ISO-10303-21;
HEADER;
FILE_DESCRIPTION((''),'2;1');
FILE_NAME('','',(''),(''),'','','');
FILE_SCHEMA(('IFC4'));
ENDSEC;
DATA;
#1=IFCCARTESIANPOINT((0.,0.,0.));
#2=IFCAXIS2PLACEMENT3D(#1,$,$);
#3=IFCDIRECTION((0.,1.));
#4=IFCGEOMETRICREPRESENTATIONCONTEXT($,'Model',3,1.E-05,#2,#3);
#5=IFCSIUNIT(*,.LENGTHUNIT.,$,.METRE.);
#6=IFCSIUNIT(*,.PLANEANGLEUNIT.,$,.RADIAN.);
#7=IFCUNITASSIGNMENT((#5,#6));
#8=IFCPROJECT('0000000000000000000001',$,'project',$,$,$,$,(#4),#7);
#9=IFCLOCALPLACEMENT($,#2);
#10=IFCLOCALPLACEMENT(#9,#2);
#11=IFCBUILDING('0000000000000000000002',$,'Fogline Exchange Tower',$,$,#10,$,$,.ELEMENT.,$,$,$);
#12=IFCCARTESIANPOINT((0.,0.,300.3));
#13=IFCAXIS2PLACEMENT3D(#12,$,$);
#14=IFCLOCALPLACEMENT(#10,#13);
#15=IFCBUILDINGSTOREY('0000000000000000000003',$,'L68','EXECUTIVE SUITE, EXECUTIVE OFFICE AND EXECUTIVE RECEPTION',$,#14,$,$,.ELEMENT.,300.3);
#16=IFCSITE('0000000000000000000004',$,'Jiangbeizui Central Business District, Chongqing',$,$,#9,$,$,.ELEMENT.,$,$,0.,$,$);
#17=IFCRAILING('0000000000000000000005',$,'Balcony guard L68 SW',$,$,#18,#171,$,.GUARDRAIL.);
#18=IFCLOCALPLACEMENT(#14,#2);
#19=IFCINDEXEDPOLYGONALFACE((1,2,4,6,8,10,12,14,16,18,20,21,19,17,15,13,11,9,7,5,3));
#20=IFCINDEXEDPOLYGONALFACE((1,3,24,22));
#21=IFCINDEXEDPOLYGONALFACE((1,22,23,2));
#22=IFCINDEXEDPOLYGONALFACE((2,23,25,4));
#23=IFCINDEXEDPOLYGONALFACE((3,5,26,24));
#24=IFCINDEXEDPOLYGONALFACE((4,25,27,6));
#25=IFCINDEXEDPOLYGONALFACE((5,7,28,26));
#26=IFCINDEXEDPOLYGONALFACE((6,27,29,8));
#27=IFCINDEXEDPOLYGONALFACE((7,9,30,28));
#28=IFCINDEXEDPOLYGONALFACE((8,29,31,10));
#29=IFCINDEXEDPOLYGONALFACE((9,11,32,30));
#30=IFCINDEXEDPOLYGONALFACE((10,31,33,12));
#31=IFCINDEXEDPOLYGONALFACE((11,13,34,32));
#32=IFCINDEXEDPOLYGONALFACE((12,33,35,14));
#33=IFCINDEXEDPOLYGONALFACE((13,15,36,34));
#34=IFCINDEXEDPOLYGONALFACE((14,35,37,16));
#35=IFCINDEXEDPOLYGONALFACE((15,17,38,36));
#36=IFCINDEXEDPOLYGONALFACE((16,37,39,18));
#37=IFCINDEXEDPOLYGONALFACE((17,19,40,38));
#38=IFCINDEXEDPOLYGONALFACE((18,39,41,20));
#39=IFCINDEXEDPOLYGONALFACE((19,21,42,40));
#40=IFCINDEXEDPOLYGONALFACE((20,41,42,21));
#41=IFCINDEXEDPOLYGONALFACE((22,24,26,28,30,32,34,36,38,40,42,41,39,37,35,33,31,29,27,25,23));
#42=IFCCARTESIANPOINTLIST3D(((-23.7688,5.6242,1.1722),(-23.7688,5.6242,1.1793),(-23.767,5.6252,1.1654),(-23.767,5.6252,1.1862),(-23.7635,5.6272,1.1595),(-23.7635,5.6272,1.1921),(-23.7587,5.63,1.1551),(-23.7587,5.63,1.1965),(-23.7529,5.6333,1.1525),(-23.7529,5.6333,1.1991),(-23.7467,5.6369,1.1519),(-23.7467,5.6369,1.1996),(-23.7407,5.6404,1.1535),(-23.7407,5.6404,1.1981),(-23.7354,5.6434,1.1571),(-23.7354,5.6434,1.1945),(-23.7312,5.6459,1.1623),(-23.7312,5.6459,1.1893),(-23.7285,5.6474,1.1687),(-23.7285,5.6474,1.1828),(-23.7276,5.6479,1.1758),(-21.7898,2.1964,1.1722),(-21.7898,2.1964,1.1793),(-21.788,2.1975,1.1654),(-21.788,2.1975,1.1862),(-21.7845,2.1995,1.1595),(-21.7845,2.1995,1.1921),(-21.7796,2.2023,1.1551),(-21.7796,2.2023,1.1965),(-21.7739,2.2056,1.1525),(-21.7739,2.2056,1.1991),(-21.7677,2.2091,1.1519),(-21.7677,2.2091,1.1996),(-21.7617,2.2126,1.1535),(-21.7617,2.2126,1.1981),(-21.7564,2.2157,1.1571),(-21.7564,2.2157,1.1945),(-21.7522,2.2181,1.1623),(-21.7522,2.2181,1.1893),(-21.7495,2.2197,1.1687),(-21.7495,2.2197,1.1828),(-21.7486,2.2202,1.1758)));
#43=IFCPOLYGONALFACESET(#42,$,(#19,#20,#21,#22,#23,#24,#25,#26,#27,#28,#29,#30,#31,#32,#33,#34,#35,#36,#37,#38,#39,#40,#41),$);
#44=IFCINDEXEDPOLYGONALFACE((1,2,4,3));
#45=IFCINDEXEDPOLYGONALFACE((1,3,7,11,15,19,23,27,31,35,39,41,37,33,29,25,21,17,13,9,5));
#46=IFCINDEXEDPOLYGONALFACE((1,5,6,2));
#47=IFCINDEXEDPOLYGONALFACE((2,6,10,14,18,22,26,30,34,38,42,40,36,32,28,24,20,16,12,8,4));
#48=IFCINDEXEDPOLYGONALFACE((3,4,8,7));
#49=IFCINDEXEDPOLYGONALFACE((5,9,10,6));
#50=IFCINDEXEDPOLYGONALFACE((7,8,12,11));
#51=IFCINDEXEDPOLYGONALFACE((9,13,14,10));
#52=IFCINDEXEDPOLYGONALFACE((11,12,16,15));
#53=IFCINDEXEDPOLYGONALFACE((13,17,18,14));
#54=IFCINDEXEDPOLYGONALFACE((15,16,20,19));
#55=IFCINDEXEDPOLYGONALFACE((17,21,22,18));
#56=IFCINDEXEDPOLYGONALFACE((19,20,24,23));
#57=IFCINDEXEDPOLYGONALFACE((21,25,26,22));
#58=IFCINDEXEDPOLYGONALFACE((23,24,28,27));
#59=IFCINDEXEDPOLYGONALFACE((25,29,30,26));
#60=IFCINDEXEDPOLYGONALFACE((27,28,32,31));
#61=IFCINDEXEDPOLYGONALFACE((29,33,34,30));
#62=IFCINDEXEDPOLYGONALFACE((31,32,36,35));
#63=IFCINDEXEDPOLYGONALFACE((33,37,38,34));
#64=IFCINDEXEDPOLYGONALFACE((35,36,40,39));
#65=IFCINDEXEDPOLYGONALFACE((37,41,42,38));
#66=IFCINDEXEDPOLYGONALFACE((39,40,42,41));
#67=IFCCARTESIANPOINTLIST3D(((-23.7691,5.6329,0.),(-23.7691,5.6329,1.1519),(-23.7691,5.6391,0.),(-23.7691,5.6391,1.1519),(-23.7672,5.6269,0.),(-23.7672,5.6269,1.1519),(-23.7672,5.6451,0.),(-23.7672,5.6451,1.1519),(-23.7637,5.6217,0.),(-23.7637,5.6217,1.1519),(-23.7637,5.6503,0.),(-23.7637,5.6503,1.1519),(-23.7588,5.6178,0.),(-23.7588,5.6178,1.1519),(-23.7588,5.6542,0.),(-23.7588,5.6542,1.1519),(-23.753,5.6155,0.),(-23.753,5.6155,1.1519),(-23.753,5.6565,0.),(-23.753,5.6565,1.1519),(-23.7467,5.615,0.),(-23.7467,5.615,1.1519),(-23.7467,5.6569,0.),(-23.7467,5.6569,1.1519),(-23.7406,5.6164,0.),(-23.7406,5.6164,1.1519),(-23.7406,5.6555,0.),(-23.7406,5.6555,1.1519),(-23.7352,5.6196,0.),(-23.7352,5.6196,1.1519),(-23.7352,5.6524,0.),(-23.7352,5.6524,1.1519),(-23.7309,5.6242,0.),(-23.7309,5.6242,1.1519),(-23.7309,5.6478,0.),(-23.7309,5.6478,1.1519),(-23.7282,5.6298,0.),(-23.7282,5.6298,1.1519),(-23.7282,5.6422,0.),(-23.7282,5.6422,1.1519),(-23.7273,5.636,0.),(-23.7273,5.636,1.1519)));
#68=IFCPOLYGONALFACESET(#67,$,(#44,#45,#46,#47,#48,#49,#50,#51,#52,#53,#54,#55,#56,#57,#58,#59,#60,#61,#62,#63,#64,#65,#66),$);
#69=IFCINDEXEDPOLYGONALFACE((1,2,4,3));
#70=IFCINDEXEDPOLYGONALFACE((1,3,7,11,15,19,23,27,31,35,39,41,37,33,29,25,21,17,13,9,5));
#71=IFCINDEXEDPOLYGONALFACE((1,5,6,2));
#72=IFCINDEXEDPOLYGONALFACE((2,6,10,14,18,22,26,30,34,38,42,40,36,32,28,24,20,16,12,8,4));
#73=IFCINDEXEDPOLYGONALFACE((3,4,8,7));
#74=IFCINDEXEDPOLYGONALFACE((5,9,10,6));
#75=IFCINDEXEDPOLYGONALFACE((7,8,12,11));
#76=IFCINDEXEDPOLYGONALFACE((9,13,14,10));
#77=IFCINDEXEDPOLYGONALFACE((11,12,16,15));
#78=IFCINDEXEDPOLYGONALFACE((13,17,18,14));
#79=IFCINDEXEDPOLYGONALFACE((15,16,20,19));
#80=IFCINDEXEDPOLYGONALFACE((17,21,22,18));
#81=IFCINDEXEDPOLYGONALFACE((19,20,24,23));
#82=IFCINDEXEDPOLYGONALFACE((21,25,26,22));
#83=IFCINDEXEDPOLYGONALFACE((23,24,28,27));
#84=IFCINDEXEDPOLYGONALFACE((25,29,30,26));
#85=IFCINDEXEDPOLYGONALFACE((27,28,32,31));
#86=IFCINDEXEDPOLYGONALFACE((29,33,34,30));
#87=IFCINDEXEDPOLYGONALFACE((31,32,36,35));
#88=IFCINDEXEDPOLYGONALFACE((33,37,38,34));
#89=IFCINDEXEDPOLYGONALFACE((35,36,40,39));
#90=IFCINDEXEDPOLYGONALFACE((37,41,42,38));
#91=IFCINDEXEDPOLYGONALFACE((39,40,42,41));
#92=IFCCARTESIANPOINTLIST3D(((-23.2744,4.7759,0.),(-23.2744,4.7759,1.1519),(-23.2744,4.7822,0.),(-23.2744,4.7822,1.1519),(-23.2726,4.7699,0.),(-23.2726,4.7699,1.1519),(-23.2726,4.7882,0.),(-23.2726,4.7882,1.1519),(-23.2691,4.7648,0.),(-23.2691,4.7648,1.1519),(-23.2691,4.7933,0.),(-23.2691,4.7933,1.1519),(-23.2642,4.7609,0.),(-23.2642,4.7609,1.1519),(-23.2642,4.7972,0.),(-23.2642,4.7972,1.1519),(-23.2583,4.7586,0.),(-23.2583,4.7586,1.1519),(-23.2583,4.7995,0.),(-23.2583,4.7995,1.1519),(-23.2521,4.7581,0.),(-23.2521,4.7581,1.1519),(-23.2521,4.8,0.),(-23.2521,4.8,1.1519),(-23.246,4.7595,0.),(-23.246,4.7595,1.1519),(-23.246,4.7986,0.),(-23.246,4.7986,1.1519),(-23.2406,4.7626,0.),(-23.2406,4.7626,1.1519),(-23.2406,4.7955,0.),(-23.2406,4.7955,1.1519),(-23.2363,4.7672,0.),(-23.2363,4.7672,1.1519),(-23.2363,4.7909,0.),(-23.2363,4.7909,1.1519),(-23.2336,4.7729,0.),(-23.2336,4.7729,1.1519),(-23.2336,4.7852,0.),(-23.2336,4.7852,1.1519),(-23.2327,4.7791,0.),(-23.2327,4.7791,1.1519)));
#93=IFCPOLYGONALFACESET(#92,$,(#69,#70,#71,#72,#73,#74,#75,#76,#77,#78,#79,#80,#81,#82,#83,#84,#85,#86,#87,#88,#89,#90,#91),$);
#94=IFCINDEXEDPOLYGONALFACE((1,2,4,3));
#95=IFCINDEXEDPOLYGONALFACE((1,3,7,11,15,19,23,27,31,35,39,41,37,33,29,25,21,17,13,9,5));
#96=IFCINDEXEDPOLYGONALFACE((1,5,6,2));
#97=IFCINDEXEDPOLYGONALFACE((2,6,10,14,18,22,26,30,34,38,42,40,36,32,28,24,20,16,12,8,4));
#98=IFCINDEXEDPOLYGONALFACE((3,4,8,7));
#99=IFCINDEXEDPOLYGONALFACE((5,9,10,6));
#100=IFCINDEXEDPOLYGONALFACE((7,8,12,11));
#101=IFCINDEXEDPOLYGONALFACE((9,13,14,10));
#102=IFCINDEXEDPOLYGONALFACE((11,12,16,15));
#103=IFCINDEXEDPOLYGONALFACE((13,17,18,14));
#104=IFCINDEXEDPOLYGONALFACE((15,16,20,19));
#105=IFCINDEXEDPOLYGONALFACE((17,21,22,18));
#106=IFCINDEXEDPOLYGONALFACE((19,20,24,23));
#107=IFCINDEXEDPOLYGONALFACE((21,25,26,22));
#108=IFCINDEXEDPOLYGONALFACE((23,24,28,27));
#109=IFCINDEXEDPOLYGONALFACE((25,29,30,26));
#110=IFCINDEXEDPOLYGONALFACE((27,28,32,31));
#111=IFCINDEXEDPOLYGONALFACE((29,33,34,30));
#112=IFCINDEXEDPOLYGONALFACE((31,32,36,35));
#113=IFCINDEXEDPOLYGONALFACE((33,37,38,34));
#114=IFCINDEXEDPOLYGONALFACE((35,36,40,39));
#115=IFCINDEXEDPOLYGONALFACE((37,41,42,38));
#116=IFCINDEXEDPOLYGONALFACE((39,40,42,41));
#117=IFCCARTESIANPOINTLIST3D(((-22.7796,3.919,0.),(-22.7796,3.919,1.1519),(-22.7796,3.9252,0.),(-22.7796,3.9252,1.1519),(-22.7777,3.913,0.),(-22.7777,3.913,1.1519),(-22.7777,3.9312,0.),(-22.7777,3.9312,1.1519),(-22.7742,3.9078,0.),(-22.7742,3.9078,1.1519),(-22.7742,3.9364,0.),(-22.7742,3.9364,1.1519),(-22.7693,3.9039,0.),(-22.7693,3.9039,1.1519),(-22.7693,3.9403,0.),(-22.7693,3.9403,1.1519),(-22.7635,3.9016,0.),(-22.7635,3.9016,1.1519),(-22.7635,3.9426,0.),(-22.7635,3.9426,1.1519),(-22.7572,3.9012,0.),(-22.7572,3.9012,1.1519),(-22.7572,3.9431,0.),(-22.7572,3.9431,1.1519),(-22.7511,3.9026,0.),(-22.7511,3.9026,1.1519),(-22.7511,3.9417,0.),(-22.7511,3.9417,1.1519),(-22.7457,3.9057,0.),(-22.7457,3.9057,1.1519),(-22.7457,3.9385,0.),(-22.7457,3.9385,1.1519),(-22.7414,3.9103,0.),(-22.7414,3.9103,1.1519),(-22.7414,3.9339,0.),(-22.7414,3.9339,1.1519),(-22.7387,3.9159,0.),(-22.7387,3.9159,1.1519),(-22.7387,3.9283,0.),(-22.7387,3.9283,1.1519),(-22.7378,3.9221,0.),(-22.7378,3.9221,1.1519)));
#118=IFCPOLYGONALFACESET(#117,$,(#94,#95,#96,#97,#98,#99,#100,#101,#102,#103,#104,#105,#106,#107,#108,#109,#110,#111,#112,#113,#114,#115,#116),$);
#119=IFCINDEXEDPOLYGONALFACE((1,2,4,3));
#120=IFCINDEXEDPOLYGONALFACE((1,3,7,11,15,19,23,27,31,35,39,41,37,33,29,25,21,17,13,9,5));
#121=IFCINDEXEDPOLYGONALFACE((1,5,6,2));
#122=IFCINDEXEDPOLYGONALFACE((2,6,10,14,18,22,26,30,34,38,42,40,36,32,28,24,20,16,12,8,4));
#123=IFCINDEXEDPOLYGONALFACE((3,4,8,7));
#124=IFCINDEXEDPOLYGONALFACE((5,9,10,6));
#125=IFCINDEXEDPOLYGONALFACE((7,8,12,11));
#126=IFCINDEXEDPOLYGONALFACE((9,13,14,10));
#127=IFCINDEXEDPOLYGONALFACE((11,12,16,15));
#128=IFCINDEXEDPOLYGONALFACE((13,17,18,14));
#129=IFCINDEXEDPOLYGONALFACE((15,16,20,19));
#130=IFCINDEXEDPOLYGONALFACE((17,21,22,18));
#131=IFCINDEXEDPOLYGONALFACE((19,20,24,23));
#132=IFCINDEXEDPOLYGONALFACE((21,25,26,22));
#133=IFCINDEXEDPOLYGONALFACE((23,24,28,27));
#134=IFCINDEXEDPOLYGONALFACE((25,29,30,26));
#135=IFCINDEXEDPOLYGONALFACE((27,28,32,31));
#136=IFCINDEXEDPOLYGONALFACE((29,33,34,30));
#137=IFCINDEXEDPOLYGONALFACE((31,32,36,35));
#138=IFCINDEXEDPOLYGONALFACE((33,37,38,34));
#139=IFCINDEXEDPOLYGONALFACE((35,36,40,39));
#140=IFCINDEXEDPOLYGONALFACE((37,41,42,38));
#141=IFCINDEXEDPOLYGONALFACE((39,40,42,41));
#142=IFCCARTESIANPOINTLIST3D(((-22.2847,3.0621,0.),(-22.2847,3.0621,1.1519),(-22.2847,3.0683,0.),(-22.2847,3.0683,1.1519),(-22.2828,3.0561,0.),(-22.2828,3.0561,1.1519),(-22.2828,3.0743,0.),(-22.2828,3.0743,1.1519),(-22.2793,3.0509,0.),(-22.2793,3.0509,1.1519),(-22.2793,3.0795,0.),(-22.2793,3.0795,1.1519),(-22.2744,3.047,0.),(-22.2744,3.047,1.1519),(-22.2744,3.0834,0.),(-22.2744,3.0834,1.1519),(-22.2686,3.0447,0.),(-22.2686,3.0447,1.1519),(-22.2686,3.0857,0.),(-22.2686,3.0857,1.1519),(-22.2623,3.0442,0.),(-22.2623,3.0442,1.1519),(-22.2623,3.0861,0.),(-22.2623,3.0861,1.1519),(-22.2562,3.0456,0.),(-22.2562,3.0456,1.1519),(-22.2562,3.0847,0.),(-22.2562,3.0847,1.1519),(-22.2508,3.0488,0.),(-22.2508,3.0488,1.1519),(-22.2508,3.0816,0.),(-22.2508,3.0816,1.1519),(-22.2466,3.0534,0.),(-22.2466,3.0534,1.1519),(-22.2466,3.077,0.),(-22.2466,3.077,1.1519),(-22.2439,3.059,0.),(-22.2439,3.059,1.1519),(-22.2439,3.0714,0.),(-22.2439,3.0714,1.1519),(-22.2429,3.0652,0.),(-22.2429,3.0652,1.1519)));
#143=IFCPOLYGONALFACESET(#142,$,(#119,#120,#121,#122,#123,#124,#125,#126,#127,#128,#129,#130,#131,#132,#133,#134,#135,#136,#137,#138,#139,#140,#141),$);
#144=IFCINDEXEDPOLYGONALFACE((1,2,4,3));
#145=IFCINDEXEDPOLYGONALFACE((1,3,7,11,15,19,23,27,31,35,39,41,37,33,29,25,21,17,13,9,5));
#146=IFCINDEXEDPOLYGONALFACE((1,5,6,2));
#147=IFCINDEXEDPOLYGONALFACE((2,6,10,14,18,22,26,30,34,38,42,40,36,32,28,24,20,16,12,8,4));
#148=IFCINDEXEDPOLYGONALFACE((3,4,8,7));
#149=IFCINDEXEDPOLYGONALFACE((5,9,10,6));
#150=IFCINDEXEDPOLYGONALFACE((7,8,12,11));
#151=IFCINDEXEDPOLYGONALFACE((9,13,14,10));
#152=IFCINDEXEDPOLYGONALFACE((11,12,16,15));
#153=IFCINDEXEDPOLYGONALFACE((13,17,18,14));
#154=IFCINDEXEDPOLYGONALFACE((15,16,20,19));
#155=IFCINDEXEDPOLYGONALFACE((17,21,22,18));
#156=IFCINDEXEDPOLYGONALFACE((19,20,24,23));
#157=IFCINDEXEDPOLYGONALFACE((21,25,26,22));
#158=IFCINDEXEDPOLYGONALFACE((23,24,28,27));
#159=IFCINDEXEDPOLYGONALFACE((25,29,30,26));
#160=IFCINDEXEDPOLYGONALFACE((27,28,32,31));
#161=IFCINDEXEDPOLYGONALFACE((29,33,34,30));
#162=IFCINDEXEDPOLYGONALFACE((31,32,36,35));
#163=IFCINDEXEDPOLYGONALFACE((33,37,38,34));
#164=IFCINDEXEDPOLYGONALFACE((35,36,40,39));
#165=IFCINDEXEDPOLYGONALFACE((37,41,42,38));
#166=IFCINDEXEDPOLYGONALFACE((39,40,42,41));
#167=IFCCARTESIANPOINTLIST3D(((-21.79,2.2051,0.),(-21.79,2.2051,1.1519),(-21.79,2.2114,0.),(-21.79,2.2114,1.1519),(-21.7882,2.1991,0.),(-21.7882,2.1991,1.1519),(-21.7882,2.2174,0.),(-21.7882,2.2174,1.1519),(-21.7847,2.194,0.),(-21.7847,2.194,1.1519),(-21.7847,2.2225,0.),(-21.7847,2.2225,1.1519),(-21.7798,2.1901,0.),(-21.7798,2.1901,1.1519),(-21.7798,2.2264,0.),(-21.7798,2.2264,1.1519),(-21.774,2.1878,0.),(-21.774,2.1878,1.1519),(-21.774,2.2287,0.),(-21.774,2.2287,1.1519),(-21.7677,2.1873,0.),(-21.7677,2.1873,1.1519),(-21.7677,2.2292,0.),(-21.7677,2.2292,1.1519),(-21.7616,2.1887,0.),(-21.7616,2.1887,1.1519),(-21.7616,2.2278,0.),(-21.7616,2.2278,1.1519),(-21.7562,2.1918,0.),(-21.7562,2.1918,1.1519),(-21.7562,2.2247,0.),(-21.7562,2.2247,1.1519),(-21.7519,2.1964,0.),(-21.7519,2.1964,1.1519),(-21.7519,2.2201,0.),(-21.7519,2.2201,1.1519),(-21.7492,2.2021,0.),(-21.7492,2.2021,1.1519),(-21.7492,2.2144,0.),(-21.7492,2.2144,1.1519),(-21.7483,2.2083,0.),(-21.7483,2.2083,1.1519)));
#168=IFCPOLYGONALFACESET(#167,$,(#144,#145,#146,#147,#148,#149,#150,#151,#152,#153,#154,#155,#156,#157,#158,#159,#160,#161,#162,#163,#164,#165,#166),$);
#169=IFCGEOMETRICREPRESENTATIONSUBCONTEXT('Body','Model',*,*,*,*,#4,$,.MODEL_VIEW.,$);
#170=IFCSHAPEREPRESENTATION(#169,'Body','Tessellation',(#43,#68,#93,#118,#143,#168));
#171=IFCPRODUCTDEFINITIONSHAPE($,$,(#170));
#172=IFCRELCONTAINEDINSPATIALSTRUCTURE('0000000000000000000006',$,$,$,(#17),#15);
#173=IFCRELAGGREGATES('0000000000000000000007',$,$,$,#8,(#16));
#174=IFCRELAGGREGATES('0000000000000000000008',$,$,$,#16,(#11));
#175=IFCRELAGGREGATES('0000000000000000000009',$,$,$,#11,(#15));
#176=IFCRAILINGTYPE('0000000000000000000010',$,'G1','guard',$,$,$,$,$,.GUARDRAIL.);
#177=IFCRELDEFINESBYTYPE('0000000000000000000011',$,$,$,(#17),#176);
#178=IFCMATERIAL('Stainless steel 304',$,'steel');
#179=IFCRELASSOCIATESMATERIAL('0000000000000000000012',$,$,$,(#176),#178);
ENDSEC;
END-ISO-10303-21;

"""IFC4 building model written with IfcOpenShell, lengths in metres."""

from ifc_helpers import new_model, si_unit, direction, frame, origin, origin_2d, place, context, subcontext, project, spatial, circle, extrude, material, type_object, element, save


model = new_model("IFC4")

# Units and contexts
model_context = context("Model", 3, precision=1e-05, world=origin(), true_north=direction((0.0, 1.0)))
body_context = subcontext(model_context, "Body", "Model", "MODEL_VIEW")
ifc_project = project(units=[si_unit("LENGTHUNIT", "METRE"), si_unit("PLANEANGLEUNIT", "RADIAN")], contexts=[model_context])

# Site, building, storey
site_placement = place(None, origin())
site = spatial("IfcSite", under=ifc_project, at=site_placement, Name="Jiangbeizui Central Business District, Chongqing", CompositionType="ELEMENT", RefElevation=0.0)
building_placement = place(site_placement, origin())
building = spatial("IfcBuilding", under=site, at=building_placement, Name="Fogline Exchange Tower", CompositionType="ELEMENT")
storey_placement = place(building_placement, frame((0.0, 0.0, 300.3)))
storey = spatial("IfcBuildingStorey", under=building, at=storey_placement, Name="L68", Description="EXECUTIVE SUITE, EXECUTIVE OFFICE AND EXECUTIVE RECEPTION", CompositionType="ELEMENT", Elevation=300.3)

# Railing
ifc_material_1 = material(Name="Stainless steel 304", Category="steel")
railing_type = type_object("IfcRailingType", Name="G1", Description="guard", PredefinedType="GUARDRAIL", material=ifc_material_1)
railing_placement = place(storey_placement, frame((-23.7483, 5.636, 0.0)))
element("IfcRailing", 1, at=railing_placement, inside=storey, type_object=railing_type, Name="Balcony guard L68 SW", PredefinedType="GUARDRAIL", context=body_context, shape_type="SweptSolid", body=[
    extrude(circle(Radius=0.0239, at=origin_2d()), frame((0.0, 0.0, 1.1758), z_axis=(0.5, -0.866025, 0.0), x_axis=(0.866025, 0.5, 0.0)), (0.0, 0.0, 1.0), 3.958),
    extrude(circle(Radius=0.021, at=origin_2d()), origin(), (0.0, 0.0, 1.0), 1.1519),
    extrude(circle(Radius=0.021, at=origin_2d()), frame((0.4946, -0.8569, 0.0)), (0.0, 0.0, 1.0), 1.1519),
    extrude(circle(Radius=0.021, at=origin_2d()), frame((0.9895, -1.7139, 0.0)), (0.0, 0.0, 1.0), 1.1519),
    extrude(circle(Radius=0.021, at=origin_2d()), frame((1.4844, -2.5708, 0.0)), (0.0, 0.0, 1.0), 1.1519),
    extrude(circle(Radius=0.021, at=origin_2d()), frame((1.979, -3.4277, 0.0)), (0.0, 0.0, 1.0), 1.1519),
])

save(model, "model.ifc")
